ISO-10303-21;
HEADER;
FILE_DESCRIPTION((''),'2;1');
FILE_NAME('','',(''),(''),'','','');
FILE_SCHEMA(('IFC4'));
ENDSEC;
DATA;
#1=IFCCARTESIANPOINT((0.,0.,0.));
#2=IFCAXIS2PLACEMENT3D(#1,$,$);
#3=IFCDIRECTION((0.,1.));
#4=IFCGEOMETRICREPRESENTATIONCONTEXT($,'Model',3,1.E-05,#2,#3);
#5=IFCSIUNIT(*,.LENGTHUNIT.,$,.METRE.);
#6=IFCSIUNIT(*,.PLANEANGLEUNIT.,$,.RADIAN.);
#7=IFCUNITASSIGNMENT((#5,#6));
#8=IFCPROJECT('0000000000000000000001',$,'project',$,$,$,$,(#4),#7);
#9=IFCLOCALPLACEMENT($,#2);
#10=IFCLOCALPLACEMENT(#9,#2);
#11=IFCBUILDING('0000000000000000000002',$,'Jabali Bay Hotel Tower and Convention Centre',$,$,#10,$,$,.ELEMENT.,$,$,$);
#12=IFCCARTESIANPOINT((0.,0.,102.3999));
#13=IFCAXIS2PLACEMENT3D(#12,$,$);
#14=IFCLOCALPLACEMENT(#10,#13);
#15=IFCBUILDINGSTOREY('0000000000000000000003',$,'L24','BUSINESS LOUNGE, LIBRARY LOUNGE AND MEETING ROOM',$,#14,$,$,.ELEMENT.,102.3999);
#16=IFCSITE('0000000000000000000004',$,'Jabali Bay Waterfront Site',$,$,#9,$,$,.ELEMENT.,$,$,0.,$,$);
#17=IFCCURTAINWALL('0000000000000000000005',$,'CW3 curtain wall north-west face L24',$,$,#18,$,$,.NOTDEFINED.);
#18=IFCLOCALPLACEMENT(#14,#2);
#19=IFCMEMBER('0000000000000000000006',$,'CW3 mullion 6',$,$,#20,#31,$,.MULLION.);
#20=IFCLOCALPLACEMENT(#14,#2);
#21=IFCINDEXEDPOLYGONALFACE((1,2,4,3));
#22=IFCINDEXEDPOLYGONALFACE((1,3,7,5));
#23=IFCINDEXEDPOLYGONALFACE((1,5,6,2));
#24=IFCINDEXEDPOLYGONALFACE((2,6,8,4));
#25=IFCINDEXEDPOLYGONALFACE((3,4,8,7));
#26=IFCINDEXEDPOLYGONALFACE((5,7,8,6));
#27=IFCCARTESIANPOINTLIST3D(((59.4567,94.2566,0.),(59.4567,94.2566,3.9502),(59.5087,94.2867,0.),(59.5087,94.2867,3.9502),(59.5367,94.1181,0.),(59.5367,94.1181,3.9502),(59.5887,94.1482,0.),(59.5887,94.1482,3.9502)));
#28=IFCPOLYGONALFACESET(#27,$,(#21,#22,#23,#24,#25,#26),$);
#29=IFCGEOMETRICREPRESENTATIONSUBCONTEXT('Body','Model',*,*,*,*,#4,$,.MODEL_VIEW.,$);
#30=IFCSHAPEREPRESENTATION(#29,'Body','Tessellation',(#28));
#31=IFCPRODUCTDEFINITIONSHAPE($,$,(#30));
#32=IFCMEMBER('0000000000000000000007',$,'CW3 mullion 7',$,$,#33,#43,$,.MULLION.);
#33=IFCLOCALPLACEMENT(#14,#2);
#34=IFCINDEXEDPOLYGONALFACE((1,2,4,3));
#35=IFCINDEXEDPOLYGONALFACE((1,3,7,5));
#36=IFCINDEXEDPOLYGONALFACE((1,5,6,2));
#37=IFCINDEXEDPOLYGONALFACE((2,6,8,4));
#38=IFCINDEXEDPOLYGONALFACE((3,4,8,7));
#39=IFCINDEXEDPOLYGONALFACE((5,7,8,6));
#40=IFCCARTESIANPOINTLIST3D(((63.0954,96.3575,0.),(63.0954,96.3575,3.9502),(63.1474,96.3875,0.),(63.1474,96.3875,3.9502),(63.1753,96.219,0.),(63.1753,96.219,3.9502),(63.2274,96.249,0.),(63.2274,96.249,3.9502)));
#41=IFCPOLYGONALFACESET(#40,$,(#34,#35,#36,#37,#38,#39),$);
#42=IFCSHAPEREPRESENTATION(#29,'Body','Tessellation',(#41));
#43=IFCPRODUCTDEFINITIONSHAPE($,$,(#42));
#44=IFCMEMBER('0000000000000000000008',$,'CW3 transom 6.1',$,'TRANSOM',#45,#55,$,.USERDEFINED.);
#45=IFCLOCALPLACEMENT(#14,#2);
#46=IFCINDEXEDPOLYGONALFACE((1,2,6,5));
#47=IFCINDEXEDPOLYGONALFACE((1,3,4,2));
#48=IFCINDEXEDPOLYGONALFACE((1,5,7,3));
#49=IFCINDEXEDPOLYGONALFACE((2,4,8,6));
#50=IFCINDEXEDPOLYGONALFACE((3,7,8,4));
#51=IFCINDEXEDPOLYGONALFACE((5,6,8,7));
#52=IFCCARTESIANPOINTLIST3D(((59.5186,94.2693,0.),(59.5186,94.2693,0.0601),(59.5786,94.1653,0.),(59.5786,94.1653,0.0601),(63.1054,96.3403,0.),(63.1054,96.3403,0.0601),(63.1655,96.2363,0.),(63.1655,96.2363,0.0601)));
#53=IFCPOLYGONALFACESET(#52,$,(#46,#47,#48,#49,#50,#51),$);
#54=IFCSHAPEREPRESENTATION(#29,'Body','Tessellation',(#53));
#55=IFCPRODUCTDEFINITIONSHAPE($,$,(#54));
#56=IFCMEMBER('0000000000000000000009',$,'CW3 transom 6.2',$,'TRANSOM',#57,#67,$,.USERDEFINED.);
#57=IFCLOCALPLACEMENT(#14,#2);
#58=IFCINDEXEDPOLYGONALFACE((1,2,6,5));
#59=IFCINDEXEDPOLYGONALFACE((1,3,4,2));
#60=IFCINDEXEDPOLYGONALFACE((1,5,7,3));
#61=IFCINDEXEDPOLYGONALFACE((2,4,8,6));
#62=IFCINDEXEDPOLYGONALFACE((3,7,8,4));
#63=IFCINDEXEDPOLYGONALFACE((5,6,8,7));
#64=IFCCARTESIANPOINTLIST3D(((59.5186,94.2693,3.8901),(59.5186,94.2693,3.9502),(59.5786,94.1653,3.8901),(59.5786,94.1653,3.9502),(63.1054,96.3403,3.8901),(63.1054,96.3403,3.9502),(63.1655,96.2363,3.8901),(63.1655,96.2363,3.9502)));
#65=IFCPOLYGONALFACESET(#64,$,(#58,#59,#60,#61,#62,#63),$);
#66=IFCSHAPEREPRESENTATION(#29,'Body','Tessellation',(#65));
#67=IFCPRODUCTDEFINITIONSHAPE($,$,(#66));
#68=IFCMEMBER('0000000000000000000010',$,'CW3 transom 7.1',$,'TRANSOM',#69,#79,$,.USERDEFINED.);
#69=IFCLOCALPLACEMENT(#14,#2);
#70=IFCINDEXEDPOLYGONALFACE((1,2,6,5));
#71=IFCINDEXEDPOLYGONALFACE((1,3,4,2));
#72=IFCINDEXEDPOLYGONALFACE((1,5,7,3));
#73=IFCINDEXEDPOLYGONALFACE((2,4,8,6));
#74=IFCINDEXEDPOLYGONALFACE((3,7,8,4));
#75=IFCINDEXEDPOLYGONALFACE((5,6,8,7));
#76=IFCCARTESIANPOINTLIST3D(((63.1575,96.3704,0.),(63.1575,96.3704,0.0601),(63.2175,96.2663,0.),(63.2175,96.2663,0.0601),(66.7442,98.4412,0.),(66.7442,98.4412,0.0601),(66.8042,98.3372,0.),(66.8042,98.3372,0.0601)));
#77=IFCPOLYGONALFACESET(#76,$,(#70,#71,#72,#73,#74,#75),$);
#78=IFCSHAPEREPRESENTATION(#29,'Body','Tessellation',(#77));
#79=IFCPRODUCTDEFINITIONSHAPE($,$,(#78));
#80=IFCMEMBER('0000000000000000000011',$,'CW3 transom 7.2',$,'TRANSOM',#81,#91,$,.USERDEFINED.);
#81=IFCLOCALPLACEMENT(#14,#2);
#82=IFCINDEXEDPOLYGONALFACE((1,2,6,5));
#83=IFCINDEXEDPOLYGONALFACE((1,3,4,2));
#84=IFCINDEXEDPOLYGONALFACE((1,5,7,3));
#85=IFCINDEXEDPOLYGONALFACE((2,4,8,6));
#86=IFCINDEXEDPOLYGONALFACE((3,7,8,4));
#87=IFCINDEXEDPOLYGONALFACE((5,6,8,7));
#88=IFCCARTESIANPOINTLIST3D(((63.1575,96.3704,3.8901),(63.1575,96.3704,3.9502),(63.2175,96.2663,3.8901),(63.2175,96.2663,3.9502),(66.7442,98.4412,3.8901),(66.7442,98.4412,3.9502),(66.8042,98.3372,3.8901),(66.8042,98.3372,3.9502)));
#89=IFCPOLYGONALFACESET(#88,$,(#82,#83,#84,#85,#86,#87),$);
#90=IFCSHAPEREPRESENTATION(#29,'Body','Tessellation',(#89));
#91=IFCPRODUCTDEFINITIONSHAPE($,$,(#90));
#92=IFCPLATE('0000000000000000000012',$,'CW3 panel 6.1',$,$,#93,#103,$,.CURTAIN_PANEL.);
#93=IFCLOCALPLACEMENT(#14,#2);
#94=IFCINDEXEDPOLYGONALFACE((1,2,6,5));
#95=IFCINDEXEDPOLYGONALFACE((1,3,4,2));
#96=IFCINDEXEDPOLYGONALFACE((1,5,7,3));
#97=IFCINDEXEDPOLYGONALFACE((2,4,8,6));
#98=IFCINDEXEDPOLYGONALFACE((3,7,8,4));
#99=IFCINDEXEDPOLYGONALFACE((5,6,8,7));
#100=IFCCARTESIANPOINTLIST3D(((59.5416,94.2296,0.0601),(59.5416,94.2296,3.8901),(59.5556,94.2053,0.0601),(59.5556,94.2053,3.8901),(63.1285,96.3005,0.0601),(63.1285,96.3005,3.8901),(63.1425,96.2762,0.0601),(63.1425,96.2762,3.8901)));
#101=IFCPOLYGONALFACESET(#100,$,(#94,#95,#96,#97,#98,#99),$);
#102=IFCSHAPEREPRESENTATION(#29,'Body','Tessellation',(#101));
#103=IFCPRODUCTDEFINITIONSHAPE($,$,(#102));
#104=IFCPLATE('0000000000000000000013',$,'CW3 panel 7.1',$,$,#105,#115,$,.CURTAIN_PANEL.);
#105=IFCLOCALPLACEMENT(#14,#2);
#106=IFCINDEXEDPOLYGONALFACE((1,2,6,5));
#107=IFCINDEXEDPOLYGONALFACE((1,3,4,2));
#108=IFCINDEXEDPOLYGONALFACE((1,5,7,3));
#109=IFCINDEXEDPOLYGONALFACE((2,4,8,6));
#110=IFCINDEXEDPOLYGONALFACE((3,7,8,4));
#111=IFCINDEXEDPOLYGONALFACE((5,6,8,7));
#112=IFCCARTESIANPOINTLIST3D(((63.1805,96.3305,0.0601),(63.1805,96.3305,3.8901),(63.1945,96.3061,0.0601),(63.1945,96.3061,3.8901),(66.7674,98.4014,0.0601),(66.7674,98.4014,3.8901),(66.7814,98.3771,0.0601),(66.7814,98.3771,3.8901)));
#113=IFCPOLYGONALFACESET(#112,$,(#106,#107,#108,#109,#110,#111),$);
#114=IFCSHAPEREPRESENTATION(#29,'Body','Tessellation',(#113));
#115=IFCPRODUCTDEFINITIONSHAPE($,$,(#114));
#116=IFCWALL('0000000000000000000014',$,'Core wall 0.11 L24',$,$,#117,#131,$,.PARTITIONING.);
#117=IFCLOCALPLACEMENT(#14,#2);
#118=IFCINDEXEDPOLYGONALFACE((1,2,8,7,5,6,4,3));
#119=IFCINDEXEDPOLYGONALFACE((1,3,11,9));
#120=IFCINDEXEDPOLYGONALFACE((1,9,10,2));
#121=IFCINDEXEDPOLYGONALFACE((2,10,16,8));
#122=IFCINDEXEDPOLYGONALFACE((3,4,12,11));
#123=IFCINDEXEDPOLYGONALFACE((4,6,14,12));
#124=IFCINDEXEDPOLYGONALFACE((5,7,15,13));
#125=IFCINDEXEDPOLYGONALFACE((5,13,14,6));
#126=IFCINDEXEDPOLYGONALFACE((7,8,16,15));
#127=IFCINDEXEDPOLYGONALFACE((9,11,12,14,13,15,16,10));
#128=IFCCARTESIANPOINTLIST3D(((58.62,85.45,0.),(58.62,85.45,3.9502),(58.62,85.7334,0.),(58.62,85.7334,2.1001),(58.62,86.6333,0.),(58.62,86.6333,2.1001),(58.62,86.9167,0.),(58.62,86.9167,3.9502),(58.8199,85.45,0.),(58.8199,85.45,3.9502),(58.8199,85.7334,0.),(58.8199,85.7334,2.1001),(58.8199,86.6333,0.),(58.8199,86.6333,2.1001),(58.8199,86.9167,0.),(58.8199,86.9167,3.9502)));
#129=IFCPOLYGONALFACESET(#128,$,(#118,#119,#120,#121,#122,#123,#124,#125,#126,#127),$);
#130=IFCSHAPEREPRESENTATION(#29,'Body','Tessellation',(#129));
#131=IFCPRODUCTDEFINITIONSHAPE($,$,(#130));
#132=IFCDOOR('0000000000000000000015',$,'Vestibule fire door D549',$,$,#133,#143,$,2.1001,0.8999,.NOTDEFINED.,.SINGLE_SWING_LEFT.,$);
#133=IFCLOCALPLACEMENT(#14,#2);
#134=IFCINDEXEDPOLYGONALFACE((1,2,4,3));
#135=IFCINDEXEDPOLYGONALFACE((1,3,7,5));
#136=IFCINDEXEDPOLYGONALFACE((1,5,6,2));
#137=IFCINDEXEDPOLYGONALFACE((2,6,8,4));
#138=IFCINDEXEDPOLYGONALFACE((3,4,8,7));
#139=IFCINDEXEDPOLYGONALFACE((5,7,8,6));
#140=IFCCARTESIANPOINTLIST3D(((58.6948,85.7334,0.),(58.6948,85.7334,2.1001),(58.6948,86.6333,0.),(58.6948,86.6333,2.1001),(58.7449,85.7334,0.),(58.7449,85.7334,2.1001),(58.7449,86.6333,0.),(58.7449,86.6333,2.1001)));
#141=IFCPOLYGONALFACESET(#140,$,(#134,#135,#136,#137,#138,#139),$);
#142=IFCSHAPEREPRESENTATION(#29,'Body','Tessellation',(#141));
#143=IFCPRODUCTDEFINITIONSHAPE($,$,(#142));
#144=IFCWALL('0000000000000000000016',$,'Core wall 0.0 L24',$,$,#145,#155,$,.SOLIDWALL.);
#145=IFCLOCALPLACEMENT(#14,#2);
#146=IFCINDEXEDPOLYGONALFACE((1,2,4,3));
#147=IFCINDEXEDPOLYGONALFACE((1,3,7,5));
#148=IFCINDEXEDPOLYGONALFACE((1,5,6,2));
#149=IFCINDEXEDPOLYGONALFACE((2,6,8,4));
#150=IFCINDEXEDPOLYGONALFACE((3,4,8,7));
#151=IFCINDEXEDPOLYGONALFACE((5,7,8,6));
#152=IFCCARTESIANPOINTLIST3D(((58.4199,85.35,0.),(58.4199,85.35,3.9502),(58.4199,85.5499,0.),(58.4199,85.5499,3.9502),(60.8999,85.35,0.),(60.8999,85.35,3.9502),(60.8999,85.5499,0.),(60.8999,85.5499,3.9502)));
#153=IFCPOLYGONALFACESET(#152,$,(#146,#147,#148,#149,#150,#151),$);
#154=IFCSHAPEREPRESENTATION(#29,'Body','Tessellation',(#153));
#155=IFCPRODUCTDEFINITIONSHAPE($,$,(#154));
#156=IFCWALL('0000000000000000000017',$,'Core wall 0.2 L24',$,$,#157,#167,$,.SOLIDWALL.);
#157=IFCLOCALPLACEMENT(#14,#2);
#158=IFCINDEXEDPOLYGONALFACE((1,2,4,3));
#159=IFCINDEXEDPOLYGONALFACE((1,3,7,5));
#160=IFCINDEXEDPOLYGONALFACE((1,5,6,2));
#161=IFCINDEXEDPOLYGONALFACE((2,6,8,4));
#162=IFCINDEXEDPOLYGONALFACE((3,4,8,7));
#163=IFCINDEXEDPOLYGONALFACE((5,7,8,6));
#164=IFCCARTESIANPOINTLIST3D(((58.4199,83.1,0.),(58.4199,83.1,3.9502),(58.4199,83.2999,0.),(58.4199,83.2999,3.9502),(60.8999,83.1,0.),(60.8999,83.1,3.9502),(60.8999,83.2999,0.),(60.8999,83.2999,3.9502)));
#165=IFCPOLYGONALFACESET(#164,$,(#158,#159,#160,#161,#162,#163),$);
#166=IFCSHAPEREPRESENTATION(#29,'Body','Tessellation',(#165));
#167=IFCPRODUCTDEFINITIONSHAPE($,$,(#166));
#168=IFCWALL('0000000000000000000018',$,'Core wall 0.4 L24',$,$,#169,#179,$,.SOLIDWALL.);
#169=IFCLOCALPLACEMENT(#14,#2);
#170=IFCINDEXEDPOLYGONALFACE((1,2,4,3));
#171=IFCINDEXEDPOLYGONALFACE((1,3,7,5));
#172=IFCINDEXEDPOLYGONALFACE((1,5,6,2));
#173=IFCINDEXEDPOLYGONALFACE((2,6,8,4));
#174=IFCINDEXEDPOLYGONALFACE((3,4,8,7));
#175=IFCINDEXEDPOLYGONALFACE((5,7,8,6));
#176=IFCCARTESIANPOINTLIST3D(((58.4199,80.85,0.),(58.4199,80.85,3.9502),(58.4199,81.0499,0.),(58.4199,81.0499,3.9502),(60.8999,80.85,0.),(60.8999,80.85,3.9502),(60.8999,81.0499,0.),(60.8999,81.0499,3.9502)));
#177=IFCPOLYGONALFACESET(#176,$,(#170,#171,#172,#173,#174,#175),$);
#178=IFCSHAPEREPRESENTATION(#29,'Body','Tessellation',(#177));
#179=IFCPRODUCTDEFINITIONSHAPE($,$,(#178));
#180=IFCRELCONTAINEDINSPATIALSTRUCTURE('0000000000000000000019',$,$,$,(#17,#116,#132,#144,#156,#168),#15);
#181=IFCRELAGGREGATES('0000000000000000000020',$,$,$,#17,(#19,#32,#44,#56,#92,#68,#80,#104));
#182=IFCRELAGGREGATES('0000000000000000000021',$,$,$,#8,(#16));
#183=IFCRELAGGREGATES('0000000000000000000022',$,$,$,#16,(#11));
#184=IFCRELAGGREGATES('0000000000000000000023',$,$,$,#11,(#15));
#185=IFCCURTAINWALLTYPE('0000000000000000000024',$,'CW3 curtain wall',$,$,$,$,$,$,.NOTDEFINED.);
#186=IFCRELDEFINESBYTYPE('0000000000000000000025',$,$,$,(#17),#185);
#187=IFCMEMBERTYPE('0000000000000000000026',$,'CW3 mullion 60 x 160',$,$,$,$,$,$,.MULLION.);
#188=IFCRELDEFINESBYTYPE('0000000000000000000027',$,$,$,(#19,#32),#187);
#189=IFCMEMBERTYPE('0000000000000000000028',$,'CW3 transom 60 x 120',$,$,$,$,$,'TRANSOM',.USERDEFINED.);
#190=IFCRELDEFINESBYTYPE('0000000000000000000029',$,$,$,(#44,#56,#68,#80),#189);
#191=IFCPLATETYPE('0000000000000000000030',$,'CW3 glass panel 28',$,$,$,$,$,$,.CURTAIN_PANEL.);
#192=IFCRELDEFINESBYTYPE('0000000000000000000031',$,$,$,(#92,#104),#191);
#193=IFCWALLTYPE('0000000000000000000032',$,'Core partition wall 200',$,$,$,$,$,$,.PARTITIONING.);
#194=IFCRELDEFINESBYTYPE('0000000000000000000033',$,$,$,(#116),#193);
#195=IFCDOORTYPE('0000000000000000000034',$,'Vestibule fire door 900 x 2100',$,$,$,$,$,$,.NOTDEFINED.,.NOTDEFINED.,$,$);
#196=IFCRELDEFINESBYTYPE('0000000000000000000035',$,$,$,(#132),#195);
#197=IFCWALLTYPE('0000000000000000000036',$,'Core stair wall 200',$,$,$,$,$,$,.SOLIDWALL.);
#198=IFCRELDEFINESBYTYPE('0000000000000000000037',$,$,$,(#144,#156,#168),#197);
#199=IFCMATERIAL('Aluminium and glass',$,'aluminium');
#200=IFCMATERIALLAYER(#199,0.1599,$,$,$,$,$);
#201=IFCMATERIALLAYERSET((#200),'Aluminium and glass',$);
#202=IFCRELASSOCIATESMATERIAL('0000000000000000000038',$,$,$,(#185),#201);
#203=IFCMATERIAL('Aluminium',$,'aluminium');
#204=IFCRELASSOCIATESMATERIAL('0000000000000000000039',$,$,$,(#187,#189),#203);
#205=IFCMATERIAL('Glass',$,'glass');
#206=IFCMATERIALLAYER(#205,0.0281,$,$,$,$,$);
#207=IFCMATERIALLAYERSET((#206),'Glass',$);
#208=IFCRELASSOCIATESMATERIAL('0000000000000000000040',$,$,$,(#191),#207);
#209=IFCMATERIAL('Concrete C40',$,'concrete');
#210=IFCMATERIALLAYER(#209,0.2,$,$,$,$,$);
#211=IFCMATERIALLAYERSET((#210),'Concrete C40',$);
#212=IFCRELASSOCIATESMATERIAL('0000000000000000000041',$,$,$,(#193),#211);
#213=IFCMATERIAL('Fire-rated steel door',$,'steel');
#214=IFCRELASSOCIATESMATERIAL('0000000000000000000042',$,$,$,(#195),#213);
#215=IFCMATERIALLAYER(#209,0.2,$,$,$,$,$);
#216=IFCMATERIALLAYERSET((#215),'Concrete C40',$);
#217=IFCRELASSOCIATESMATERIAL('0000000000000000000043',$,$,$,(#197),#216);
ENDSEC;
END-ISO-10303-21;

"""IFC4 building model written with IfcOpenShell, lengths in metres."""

from ifc_helpers import new_model, si_unit, direction, frame, frame_2d, origin, origin_2d, place, context, subcontext, project, spatial, rectangle, extrude, material, layer, layer_set, material_profile, profile_set, type_object, element, fill, aggregate, save


model = new_model("IFC4")

# Units and contexts
model_context = context("Model", 3, precision=1e-05, world=origin(), true_north=direction((0.0, 1.0)))
body_context = subcontext(model_context, "Body", "Model", "MODEL_VIEW")
ifc_project = project(units=[si_unit("LENGTHUNIT", "METRE"), si_unit("PLANEANGLEUNIT", "RADIAN")], contexts=[model_context])

# Site, building, storey
site_placement = place(None, origin())
site = spatial("IfcSite", under=ifc_project, at=site_placement, Name="Jabali Bay Waterfront Site", CompositionType="ELEMENT", RefElevation=0.0)
building_placement = place(site_placement, origin())
building = spatial("IfcBuilding", under=site, at=building_placement, Name="Jabali Bay Hotel Tower and Convention Centre", CompositionType="ELEMENT")
storey_placement = place(building_placement, frame((0.0, 0.0, 102.3999)))
storey = spatial("IfcBuildingStorey", under=building, at=storey_placement, Name="L24", Description="BUSINESS LOUNGE, LIBRARY LOUNGE AND MEETING ROOM", CompositionType="ELEMENT", Elevation=102.3999)

# Curtain wall, members, plates
ifc_material_1 = material(Name="Aluminium and glass", Category="aluminium")
ifc_layer_1 = layer(ifc_material_1, 0.1599)
ifc_layer_set_1 = layer_set([ifc_layer_1], Name="Aluminium and glass")
curtain_wall_type = type_object("IfcCurtainWallType", Name="CW3 curtain wall", PredefinedType="NOTDEFINED", material=ifc_layer_set_1)
curtain_wall_placement = place(storey_placement, origin())
curtain_wall = element("IfcCurtainWall", 1, at=curtain_wall_placement, inside=storey, type_object=curtain_wall_type, Name="CW3 curtain wall north-west face L24", PredefinedType="NOTDEFINED")
ifc_material_2 = material(Name="Aluminium", Category="aluminium")
ifc_material_profile_1 = material_profile(ifc_material_2, rectangle(XDim=0.1599, YDim=0.0601, at=origin_2d()), Name="CW3 mullion 60 x 160")
ifc_profile_set_1 = profile_set([ifc_material_profile_1], Name="Aluminium")
member_type_1 = type_object("IfcMemberType", Name="CW3 mullion 60 x 160", PredefinedType="MULLION", material=ifc_profile_set_1)
member_1_placement = place(storey_placement, frame((59.5227, 94.2024, 0.0), z_axis=(0.0, 0.0, 1.0), x_axis=(-0.5, 0.866025, 0.0)))
member_1 = element("IfcMember", 2, at=member_1_placement, type_object=member_type_1, Name="CW3 mullion 6", PredefinedType="MULLION", context=body_context, shape_type="SweptSolid", body=[
    extrude(rectangle(XDim=0.1599, YDim=0.0601, at=origin_2d()), origin(), (0.0, 0.0, 1.0), 3.9502),
])
member_2_placement = place(storey_placement, frame((63.1614, 96.3032, 0.0), z_axis=(0.0, 0.0, 1.0), x_axis=(-0.5, 0.866025, 0.0)))
member_2 = element("IfcMember", 3, at=member_2_placement, type_object=member_type_1, Name="CW3 mullion 7", PredefinedType="MULLION", context=body_context, shape_type="SweptSolid", body=[
    extrude(rectangle(XDim=0.1599, YDim=0.0601, at=origin_2d()), origin(), (0.0, 0.0, 1.0), 3.9502),
])
ifc_material_profile_2 = material_profile(ifc_material_2, rectangle(XDim=0.1201, YDim=0.0601, at=origin_2d()), Name="CW3 transom 60 x 120")
ifc_profile_set_2 = profile_set([ifc_material_profile_2], Name="Aluminium")
member_type_2 = type_object("IfcMemberType", Name="CW3 transom 60 x 120", ElementType="TRANSOM", PredefinedType="USERDEFINED", material=ifc_profile_set_2)
member_3_placement = place(storey_placement, frame((59.5486, 94.2173, 0.03), z_axis=(0.866011, 0.500025, 0.0), x_axis=(-0.500025, 0.866011, 0.0)))
member_3 = element("IfcMember", 4, at=member_3_placement, type_object=member_type_2, Name="CW3 transom 6.1", ObjectType="TRANSOM", PredefinedType="USERDEFINED", context=body_context, shape_type="SweptSolid", body=[
    extrude(rectangle(XDim=0.1201, YDim=0.0601, at=origin_2d()), origin(), (0.0, 0.0, 1.0), 4.1418),
])
member_4_placement = place(storey_placement, frame((59.5486, 94.2173, 3.9202), z_axis=(0.866011, 0.500025, 0.0), x_axis=(-0.500025, 0.866011, 0.0)))
member_4 = element("IfcMember", 5, at=member_4_placement, type_object=member_type_2, Name="CW3 transom 6.2", ObjectType="TRANSOM", PredefinedType="USERDEFINED", context=body_context, shape_type="SweptSolid", body=[
    extrude(rectangle(XDim=0.1201, YDim=0.0601, at=origin_2d()), origin(), (0.0, 0.0, 1.0), 4.1418),
])
member_5_placement = place(storey_placement, frame((63.1875, 96.3184, 0.03), z_axis=(0.866022, 0.500007, 0.0), x_axis=(-0.500007, 0.866022, 0.0)))
member_5 = element("IfcMember", 6, at=member_5_placement, type_object=member_type_2, Name="CW3 transom 7.1", ObjectType="TRANSOM", PredefinedType="USERDEFINED", context=body_context, shape_type="SweptSolid", body=[
    extrude(rectangle(XDim=0.1201, YDim=0.0601, at=origin_2d()), origin(), (0.0, 0.0, 1.0), 4.1416),
])
member_6_placement = place(storey_placement, frame((63.1875, 96.3184, 3.9202), z_axis=(0.866022, 0.500007, 0.0), x_axis=(-0.500007, 0.866022, 0.0)))
member_6 = element("IfcMember", 7, at=member_6_placement, type_object=member_type_2, Name="CW3 transom 7.2", ObjectType="TRANSOM", PredefinedType="USERDEFINED", context=body_context, shape_type="SweptSolid", body=[
    extrude(rectangle(XDim=0.1201, YDim=0.0601, at=origin_2d()), origin(), (0.0, 0.0, 1.0), 4.1416),
])
ifc_material_3 = material(Name="Glass", Category="glass")
ifc_layer_2 = layer(ifc_material_3, 0.0281)
ifc_layer_set_2 = layer_set([ifc_layer_2], Name="Glass")
plate_type = type_object("IfcPlateType", Name="CW3 glass panel 28", PredefinedType="CURTAIN_PANEL", material=ifc_layer_set_2)
plate_1_placement = place(storey_placement, frame((61.342, 95.2529, 0.0601), z_axis=(0.0, 0.0, 1.0), x_axis=(0.866025, 0.5, 0.0)))
plate_1 = element("IfcPlate", 8, at=plate_1_placement, type_object=plate_type, Name="CW3 panel 6.1", PredefinedType="CURTAIN_PANEL", context=body_context, shape_type="SweptSolid", body=[
    extrude(rectangle(XDim=4.1418, YDim=0.0281, at=origin_2d()), origin(), (0.0, 0.0, 1.0), 3.8301),
])
plate_2_placement = place(storey_placement, frame((64.981, 97.3538, 0.0601), z_axis=(0.0, 0.0, 1.0), x_axis=(0.866025, 0.5, 0.0)))
plate_2 = element("IfcPlate", 9, at=plate_2_placement, type_object=plate_type, Name="CW3 panel 7.1", PredefinedType="CURTAIN_PANEL", context=body_context, shape_type="SweptSolid", body=[
    extrude(rectangle(XDim=4.1418, YDim=0.0281, at=origin_2d()), origin(), (0.0, 0.0, 1.0), 3.8301),
])
aggregate(curtain_wall, [member_1, member_2, member_3, member_4, plate_1, member_5, member_6, plate_2])

# Wall, opening, door
ifc_material_4 = material(Name="Concrete C40", Category="concrete")
ifc_layer_3 = layer(ifc_material_4, 0.2)
ifc_layer_set_3 = layer_set([ifc_layer_3], Name="Concrete C40")
wall_type_1 = type_object("IfcWallType", Name="Core partition wall 200", PredefinedType="PARTITIONING", material=ifc_layer_set_3)
wall_1_placement = place(storey_placement, frame((58.72, 86.9167, 0.0), z_axis=(0.0, 0.0, 1.0), x_axis=(0.0, -1.0, 0.0)))
wall_1 = element("IfcWall", 10, at=wall_1_placement, inside=storey, type_object=wall_type_1, Name="Core wall 0.11 L24", PredefinedType="PARTITIONING", context=body_context, shape_type="SweptSolid", body=[
    extrude(rectangle(XDim=1.4668, YDim=0.2, at=frame_2d((0.7334, 0.0))), origin(), (0.0, 0.0, 1.0), 3.9502),
])
opening_1_placement = place(wall_1_placement, frame((0.2834, 0.0, 0.0)))
opening_1 = element("IfcOpeningElement", 11, at=opening_1_placement, cuts=wall_1, PredefinedType="OPENING", context=body_context, shape_type="SweptSolid", body=[
    extrude(rectangle(XDim=0.8999, YDim=2.1001, at=frame_2d((0.45, 1.05))), frame((0.0, 0.1104, 0.0), z_axis=(0.0, -1.0, 0.0), x_axis=(1.0, 0.0, 0.0)), (0.0, 0.0, 1.0), 0.2209),
])
ifc_material_5 = material(Name="Fire-rated steel door", Category="steel")
door_type_1 = type_object("IfcDoorType", Name="Vestibule fire door 900 x 2100", OperationType="NOTDEFINED", PredefinedType="NOTDEFINED", material=ifc_material_5)
door_1_placement = place(opening_1_placement, origin())
door_1 = element("IfcDoor", 12, at=door_1_placement, inside=storey, type_object=door_type_1, Name="Vestibule fire door D549", OperationType="SINGLE_SWING_LEFT", OverallHeight=2.1001, OverallWidth=0.8999, PredefinedType="NOTDEFINED", context=body_context, shape_type="SweptSolid", body=[
    extrude(rectangle(XDim=0.8999, YDim=2.1001, at=frame_2d((0.45, 1.05))), frame((0.0, 0.0249, 0.0), z_axis=(0.0, -1.0, 0.0), x_axis=(1.0, 0.0, 0.0)), (0.0, 0.0, 1.0), 0.05),
])
fill(opening_1, door_1)

# Walls
ifc_layer_4 = layer(ifc_material_4, 0.2)
ifc_layer_set_4 = layer_set([ifc_layer_4], Name="Concrete C40")
wall_type_2 = type_object("IfcWallType", Name="Core stair wall 200", PredefinedType="SOLIDWALL", material=ifc_layer_set_4)
for number, where, z_axis, x_axis, name in (
    (13, (60.8999, 85.45, 0.0), (0.0, 0.0, 1.0), (-1.0, 0.0, 0.0), "Core wall 0.0 L24"),
    (14, (60.8999, 83.2, 0.0), (0.0, 0.0, 1.0), (-1.0, 0.0, 0.0), "Core wall 0.2 L24"),
    (15, (60.8999, 80.95, 0.0), (0.0, 0.0, 1.0), (-1.0, 0.0, 0.0), "Core wall 0.4 L24"),
):
    element("IfcWall", number, at=place(storey_placement, frame(where, z_axis=z_axis, x_axis=x_axis)), inside=storey, type_object=wall_type_2, Name=name, PredefinedType="SOLIDWALL", context=body_context, shape_type="SweptSolid", body=[
        extrude(rectangle(XDim=2.48, YDim=0.2, at=frame_2d((1.24, 0.0))), origin(), (0.0, 0.0, 1.0), 3.9502),
    ])

save(model, "model.ifc")
